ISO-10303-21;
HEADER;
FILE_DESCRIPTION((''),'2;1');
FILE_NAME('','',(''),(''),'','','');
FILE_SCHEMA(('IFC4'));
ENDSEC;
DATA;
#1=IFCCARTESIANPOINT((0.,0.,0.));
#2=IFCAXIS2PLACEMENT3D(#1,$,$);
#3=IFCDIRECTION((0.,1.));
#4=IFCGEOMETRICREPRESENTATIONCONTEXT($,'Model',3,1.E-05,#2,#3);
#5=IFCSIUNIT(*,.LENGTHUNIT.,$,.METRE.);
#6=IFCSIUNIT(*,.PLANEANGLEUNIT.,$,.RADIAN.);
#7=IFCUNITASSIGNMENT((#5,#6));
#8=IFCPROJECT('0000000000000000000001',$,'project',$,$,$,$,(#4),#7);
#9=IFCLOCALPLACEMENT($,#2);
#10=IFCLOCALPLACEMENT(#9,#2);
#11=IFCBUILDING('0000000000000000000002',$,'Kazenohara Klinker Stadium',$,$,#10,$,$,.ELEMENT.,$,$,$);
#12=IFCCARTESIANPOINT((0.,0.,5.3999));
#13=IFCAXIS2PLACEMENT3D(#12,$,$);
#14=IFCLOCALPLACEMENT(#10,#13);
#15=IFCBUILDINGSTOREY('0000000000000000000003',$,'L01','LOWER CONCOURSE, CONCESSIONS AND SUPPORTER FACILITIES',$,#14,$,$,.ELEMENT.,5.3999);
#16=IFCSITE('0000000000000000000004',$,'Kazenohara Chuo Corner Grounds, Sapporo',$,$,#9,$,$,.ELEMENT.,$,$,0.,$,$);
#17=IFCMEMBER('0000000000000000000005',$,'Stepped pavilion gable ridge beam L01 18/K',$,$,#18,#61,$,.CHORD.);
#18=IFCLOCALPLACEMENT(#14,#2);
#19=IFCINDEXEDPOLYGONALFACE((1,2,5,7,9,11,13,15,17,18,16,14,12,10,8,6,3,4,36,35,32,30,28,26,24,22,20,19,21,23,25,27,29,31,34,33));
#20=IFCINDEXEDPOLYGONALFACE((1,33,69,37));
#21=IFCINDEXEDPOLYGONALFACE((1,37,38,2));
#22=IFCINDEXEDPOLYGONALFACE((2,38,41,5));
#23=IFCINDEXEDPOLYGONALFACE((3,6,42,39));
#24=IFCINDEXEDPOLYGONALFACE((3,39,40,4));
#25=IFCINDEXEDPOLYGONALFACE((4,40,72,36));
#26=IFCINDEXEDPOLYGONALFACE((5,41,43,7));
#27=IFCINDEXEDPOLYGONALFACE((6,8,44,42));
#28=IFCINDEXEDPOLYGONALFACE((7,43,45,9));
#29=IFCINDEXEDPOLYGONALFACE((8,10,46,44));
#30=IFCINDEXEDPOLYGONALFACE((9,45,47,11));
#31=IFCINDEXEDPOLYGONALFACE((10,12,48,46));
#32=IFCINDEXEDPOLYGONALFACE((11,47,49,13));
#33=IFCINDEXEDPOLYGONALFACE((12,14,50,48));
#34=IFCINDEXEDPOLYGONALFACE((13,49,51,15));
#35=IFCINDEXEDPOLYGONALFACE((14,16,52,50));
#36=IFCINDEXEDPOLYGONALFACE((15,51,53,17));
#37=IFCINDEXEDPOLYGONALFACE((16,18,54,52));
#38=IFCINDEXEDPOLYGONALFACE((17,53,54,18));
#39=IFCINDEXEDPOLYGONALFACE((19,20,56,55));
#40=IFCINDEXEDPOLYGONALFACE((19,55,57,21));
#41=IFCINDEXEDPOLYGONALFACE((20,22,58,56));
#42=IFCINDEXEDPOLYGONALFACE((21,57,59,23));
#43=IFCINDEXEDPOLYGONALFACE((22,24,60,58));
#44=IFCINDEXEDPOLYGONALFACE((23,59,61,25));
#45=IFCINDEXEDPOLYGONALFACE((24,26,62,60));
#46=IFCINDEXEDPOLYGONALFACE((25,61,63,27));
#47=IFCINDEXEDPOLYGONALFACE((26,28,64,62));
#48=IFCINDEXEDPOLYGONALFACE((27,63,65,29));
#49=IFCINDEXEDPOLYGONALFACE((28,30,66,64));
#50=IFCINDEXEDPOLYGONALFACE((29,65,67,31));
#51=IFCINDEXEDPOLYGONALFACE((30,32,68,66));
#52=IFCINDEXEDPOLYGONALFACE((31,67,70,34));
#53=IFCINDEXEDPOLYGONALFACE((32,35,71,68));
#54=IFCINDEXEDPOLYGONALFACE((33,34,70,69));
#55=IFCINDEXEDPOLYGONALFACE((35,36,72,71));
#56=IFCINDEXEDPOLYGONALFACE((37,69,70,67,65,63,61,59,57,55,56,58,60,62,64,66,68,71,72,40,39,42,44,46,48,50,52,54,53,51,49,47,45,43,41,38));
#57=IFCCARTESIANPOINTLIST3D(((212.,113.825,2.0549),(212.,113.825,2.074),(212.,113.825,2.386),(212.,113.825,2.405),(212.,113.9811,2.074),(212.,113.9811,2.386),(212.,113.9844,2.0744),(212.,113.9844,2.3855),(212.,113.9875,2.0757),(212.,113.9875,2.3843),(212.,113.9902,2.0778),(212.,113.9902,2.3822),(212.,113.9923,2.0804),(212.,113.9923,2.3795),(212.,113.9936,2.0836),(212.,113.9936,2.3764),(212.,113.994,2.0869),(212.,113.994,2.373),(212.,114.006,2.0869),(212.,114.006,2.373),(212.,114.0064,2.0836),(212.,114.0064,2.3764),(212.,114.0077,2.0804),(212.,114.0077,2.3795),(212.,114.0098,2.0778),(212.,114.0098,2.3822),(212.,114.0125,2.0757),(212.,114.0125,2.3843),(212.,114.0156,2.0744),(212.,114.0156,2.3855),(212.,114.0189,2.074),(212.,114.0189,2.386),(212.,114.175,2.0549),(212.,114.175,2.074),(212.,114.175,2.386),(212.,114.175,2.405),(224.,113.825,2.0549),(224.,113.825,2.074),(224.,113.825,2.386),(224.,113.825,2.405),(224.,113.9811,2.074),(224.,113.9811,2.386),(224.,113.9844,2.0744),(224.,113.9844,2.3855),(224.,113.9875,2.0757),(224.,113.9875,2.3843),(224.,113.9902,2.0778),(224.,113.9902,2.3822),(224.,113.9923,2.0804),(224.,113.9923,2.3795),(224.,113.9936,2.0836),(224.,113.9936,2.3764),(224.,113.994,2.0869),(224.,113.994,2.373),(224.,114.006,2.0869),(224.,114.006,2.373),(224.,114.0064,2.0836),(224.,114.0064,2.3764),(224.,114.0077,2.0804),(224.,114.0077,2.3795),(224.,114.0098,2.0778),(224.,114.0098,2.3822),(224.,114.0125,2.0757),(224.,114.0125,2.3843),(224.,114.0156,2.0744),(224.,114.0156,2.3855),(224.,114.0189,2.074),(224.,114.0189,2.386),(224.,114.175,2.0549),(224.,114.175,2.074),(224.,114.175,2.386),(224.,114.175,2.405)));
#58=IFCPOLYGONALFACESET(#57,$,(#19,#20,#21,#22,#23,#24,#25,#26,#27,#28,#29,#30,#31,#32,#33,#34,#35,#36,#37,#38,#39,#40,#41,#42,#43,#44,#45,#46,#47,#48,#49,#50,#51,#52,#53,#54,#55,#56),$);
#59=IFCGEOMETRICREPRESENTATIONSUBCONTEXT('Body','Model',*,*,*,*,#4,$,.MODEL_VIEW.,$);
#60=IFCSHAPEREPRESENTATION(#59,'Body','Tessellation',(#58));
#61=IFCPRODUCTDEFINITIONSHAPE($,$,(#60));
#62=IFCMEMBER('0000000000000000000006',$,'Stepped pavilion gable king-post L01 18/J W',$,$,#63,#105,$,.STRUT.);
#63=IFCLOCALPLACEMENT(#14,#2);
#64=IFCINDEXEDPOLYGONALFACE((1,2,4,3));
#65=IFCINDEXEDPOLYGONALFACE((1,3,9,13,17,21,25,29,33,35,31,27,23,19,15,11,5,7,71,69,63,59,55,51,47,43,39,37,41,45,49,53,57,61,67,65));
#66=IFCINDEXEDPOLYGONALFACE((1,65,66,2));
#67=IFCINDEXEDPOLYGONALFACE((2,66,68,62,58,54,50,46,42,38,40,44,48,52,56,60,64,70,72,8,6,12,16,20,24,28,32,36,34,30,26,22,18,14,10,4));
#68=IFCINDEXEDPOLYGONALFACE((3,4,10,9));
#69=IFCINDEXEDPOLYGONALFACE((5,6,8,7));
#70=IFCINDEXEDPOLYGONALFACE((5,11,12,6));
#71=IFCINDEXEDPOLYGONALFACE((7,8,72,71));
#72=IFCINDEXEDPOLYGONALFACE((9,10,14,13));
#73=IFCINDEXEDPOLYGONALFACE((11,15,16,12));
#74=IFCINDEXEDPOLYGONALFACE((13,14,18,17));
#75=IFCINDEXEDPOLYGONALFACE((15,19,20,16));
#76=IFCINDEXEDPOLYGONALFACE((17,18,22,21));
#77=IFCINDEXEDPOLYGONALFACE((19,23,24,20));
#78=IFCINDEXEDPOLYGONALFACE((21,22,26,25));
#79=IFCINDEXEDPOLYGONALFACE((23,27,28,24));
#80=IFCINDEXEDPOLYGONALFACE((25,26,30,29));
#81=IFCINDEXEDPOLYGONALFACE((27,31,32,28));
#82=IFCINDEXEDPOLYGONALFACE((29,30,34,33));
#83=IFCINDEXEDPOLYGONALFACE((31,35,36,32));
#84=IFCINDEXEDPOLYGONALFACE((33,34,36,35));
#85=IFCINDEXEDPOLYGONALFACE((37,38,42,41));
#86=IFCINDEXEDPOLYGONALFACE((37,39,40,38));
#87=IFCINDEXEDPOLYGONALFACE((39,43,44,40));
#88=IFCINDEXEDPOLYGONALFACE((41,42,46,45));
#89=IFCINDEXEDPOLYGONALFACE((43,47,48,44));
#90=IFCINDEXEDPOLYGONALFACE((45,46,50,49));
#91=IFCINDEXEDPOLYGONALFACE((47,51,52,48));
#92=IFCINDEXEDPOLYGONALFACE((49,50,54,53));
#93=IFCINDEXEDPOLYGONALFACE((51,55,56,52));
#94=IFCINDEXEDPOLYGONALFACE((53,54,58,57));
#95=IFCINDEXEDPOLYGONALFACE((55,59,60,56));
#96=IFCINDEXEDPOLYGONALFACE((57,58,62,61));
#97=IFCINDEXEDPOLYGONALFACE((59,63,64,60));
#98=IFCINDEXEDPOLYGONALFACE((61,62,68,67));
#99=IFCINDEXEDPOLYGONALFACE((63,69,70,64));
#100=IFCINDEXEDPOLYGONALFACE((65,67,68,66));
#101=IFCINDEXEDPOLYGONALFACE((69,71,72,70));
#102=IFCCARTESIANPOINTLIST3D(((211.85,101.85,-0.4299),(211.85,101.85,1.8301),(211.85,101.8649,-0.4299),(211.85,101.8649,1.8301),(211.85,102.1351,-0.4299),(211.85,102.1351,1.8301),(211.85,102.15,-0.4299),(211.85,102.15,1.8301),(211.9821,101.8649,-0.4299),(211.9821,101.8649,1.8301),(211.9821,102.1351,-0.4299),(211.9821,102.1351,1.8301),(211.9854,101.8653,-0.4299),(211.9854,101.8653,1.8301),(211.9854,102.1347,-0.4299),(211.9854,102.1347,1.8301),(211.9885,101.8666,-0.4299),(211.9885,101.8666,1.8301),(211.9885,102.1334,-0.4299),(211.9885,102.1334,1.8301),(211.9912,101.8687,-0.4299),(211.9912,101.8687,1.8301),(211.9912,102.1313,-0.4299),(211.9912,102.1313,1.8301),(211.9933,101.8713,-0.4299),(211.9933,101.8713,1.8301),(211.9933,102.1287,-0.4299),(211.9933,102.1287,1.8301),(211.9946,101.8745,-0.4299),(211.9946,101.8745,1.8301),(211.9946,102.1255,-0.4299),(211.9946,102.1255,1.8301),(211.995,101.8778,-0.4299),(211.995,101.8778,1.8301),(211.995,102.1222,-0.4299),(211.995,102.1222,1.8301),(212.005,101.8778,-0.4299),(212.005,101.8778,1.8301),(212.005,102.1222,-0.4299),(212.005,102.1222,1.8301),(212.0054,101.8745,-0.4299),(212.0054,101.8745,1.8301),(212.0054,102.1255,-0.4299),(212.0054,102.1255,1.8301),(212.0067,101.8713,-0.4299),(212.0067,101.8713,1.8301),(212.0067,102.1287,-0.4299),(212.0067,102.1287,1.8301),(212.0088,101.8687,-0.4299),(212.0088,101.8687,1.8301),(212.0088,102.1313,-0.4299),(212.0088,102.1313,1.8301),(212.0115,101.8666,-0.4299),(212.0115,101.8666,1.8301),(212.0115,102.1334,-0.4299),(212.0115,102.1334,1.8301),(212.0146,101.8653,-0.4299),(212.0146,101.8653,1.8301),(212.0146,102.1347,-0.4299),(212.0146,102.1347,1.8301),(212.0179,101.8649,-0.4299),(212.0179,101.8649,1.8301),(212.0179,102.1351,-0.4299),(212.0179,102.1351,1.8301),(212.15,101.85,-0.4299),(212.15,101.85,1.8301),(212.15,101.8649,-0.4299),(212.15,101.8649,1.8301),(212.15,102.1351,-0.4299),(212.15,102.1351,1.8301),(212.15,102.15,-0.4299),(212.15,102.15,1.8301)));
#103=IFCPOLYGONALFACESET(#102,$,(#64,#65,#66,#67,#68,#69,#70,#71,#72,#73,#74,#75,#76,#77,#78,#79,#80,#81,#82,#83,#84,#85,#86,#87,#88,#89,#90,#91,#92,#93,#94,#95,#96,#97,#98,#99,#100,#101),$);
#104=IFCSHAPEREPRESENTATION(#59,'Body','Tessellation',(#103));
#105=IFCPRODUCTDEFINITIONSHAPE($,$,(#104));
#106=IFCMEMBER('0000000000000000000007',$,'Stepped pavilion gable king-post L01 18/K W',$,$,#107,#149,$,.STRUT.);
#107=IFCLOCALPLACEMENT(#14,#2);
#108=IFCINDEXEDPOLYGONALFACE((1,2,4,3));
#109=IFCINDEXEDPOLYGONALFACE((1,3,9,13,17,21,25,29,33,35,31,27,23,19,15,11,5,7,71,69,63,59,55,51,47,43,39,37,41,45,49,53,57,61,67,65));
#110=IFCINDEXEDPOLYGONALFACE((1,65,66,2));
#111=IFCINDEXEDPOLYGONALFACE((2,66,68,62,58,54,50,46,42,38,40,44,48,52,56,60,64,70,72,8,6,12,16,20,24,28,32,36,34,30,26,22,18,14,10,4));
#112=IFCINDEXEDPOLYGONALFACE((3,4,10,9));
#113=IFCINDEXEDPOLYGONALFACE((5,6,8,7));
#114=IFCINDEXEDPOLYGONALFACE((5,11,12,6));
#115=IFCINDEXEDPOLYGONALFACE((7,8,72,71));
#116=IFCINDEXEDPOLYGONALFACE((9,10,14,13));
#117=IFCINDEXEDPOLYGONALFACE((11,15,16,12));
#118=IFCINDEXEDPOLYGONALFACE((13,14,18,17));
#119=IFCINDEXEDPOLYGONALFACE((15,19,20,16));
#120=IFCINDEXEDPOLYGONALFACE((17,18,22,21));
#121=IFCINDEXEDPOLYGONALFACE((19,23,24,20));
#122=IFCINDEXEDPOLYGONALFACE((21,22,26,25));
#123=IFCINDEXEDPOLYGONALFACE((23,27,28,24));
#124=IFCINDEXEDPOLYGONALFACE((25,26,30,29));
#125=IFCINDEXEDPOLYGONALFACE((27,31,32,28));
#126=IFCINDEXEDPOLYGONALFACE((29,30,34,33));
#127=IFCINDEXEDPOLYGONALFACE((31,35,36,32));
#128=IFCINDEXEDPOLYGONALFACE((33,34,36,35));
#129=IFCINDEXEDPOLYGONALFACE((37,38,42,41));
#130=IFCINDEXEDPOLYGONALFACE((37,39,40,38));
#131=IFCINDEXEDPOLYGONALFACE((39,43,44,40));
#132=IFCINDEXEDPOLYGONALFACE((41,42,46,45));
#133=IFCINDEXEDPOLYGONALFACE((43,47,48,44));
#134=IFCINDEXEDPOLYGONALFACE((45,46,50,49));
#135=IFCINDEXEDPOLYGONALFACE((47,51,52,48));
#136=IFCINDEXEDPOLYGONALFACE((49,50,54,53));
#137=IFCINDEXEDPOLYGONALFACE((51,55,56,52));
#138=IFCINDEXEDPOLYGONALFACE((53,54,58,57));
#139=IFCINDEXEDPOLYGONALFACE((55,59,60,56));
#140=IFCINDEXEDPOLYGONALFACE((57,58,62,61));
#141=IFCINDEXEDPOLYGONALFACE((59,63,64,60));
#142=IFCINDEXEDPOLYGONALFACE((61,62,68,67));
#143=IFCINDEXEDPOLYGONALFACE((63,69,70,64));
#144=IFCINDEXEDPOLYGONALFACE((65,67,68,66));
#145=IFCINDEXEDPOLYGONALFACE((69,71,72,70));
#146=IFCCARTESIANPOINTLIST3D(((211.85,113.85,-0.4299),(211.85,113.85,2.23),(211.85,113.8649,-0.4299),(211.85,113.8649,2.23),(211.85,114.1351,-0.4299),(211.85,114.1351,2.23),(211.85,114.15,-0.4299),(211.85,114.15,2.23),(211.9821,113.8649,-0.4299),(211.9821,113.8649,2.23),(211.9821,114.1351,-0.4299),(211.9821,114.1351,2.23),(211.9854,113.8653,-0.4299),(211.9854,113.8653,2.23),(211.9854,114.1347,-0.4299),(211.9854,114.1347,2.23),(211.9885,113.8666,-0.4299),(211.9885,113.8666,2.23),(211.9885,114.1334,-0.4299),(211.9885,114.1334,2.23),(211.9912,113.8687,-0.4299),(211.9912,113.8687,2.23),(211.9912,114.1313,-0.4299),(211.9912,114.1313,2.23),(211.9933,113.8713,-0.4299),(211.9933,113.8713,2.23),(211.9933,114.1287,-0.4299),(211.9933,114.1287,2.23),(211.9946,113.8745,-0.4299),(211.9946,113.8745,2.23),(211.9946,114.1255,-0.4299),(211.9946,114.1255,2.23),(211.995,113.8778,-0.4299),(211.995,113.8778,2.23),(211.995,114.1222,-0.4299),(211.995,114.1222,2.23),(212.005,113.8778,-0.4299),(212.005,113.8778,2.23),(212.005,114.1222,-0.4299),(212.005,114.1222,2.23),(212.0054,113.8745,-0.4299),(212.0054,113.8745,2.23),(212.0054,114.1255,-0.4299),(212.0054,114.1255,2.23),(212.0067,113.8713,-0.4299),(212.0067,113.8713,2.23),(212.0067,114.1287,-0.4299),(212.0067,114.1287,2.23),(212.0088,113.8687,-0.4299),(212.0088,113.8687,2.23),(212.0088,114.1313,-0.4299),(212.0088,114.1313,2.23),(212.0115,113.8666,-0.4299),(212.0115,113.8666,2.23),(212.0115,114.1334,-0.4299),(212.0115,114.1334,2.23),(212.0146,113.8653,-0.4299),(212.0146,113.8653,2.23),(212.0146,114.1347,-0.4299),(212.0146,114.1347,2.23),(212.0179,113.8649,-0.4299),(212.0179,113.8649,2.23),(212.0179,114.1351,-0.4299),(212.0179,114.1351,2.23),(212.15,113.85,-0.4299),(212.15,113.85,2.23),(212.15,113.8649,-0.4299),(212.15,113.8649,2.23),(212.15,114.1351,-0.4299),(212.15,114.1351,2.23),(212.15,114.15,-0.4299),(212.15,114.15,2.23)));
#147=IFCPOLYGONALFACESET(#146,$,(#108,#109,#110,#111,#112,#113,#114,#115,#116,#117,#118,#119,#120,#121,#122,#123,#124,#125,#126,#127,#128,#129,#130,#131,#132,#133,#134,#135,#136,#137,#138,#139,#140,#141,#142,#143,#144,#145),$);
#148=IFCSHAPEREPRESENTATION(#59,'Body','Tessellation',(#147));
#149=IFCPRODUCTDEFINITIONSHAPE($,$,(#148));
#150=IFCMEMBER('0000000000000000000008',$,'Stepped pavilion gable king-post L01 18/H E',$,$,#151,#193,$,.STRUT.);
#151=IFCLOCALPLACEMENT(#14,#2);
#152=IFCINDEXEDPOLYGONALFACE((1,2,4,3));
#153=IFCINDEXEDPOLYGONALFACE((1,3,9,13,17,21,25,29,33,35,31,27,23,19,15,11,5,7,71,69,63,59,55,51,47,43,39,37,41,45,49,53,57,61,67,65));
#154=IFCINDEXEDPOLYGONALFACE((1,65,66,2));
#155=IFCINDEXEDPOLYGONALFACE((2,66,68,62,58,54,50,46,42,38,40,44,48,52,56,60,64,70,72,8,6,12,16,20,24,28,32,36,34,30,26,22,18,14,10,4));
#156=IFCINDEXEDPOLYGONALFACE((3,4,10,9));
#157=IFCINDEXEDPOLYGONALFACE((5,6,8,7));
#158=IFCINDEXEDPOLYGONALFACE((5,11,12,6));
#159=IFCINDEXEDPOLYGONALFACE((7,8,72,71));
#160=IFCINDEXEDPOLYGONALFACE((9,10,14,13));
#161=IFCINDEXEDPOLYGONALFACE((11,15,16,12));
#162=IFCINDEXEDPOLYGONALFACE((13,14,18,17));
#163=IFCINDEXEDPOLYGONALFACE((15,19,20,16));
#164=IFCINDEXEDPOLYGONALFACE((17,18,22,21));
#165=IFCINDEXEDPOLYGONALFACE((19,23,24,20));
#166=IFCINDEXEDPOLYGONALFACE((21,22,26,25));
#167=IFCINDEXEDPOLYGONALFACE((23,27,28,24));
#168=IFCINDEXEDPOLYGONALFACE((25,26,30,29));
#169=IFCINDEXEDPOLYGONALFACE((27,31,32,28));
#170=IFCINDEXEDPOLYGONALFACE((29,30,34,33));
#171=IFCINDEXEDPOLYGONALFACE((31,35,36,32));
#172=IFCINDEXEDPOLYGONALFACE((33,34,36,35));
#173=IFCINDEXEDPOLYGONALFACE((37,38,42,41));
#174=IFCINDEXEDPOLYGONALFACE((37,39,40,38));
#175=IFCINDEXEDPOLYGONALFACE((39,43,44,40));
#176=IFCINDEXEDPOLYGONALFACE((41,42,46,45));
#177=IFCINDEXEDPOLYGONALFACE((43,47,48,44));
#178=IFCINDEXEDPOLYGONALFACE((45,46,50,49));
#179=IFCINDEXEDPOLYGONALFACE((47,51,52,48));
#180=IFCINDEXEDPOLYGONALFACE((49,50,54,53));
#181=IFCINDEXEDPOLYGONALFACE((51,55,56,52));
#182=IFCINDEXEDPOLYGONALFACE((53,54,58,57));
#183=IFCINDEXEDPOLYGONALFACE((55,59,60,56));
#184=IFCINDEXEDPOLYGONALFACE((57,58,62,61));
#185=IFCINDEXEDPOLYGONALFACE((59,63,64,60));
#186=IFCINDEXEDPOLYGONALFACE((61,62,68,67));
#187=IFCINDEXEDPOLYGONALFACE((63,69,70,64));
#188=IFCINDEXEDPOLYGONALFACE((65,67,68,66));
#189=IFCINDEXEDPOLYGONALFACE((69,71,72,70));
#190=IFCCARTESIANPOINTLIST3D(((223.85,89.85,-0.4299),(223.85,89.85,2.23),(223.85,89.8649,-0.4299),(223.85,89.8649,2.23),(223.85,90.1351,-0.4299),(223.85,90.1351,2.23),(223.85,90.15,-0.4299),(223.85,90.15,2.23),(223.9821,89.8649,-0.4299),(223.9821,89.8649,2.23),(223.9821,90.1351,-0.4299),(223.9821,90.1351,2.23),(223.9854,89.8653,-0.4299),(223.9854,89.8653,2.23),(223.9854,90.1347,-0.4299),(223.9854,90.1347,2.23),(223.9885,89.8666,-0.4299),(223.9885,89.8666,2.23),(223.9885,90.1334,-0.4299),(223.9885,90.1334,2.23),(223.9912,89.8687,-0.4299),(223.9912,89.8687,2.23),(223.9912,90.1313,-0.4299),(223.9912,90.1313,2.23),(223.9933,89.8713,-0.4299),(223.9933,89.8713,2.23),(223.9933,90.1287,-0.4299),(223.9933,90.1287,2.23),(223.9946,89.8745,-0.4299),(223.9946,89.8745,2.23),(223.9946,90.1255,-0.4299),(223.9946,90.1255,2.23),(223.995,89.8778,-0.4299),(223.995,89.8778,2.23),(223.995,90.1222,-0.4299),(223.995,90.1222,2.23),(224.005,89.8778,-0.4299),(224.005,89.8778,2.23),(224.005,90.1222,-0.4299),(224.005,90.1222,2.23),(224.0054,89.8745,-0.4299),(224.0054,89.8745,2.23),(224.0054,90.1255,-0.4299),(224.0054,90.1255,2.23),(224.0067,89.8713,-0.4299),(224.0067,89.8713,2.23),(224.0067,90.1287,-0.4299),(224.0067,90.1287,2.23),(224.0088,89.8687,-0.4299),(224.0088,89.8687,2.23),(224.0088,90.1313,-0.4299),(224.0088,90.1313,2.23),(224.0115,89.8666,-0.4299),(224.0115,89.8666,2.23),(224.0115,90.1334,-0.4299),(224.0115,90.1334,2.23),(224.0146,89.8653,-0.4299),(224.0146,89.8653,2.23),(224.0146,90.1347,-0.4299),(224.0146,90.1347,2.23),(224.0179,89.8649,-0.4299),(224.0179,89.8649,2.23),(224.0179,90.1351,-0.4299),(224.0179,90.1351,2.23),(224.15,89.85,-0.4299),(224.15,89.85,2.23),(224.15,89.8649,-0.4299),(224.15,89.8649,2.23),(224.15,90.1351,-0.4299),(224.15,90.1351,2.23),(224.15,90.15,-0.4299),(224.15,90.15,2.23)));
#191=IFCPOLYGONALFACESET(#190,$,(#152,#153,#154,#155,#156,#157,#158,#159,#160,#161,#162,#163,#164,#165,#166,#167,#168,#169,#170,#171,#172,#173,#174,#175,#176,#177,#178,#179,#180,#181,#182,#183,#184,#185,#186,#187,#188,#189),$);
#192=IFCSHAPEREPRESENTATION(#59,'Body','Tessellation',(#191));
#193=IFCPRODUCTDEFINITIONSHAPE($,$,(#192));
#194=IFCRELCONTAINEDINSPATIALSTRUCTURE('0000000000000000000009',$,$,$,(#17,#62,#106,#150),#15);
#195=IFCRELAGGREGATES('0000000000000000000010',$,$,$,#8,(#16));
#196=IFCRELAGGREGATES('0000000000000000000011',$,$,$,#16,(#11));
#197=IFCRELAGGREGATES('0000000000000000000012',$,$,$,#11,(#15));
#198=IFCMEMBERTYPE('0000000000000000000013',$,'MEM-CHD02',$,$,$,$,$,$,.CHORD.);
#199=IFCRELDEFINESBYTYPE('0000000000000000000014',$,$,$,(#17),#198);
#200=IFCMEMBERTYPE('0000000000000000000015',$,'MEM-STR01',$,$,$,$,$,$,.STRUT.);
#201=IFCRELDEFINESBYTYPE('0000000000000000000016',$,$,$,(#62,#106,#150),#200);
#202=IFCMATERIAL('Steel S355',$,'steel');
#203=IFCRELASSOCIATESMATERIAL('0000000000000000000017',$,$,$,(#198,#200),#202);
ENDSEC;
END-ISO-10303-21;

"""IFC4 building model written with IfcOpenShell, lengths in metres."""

from ifc_helpers import new_model, si_unit, direction, frame, origin, origin_2d, place, context, subcontext, project, spatial, i_section, extrude, material, material_profile, profile_set, type_object, element, save


model = new_model("IFC4")

# Units and contexts
model_context = context("Model", 3, precision=1e-05, world=origin(), true_north=direction((0.0, 1.0)))
body_context = subcontext(model_context, "Body", "Model", "MODEL_VIEW")
ifc_project = project(units=[si_unit("LENGTHUNIT", "METRE"), si_unit("PLANEANGLEUNIT", "RADIAN")], contexts=[model_context])

# Site, building, storey
site_placement = place(None, origin())
site = spatial("IfcSite", under=ifc_project, at=site_placement, Name="Kazenohara Chuo Corner Grounds, Sapporo", CompositionType="ELEMENT", RefElevation=0.0)
building_placement = place(site_placement, origin())
building = spatial("IfcBuilding", under=site, at=building_placement, Name="Kazenohara Klinker Stadium", CompositionType="ELEMENT")
storey_placement = place(building_placement, frame((0.0, 0.0, 5.3999)))
storey = spatial("IfcBuildingStorey", under=building, at=storey_placement, Name="L01", Description="LOWER CONCOURSE, CONCESSIONS AND SUPPORTER FACILITIES", CompositionType="ELEMENT", Elevation=5.3999)

# Shared definitions
ifc_material_1 = material(Name="Steel S355", Category="steel")

# Members
ifc_material_profile_1 = material_profile(ifc_material_1, i_section(OverallWidth=0.3501, OverallDepth=0.3501, WebThickness=0.012, FlangeThickness=0.019, FilletRadius=0.0129, at=origin_2d()), Name="H-350x350x12x19")
ifc_profile_set_1 = profile_set([ifc_material_profile_1], Name="Steel S355")
member_type_1 = type_object("IfcMemberType", Name="MEM-CHD02", PredefinedType="CHORD", material=ifc_profile_set_1)
for number, where, z_axis, x_axis, name in (
    (1, (212.0, 114.0, 2.23), (1.0, 0.0, 0.0), (0.0, 1.0, 0.0), "Stepped pavilion gable ridge beam L01 18/K"),
):
    element("IfcMember", number, at=place(storey_placement, frame(where, z_axis=z_axis, x_axis=x_axis)), inside=storey, type_object=member_type_1, Name=name, PredefinedType="CHORD", context=body_context, shape_type="SweptSolid", body=[
        extrude(i_section(OverallWidth=0.3501, OverallDepth=0.3501, WebThickness=0.012, FlangeThickness=0.019, FilletRadius=0.0129, at=origin_2d()), origin(), (0.0, 0.0, 1.0), 12.0),
    ])
ifc_material_profile_2 = material_profile(ifc_material_1, i_section(OverallWidth=0.3, OverallDepth=0.3, WebThickness=0.01, FlangeThickness=0.0149, FilletRadius=0.0129, at=origin_2d()), Name="H-300x300x10x15")
ifc_profile_set_2 = profile_set([ifc_material_profile_2], Name="Steel S355")
member_type_2 = type_object("IfcMemberType", Name="MEM-STR01", PredefinedType="STRUT", material=ifc_profile_set_2)
member_1_placement = place(storey_placement, frame((212.0, 102.0, -0.4299), z_axis=(0.0, 0.0, 1.0), x_axis=(1.0, 0.0, 0.0)))
element("IfcMember", 2, at=member_1_placement, inside=storey, type_object=member_type_2, Name="Stepped pavilion gable king-post L01 18/J W", PredefinedType="STRUT", context=body_context, shape_type="SweptSolid", body=[
    extrude(i_section(OverallWidth=0.3, OverallDepth=0.3, WebThickness=0.01, FlangeThickness=0.0149, FilletRadius=0.0129, at=origin_2d()), origin(), (0.0, 0.0, 1.0), 2.26),
])
for number, where, z_axis, x_axis, name in (
    (3, (212.0, 114.0, -0.4299), (0.0, 0.0, 1.0), (1.0, 0.0, 0.0), "Stepped pavilion gable king-post L01 18/K W"),
    (4, (224.0, 90.0, -0.4299), (0.0, 0.0, 1.0), (1.0, 0.0, 0.0), "Stepped pavilion gable king-post L01 18/H E"),
):
    element("IfcMember", number, at=place(storey_placement, frame(where, z_axis=z_axis, x_axis=x_axis)), inside=storey, type_object=member_type_2, Name=name, PredefinedType="STRUT", context=body_context, shape_type="SweptSolid", body=[
        extrude(i_section(OverallWidth=0.3, OverallDepth=0.3, WebThickness=0.01, FlangeThickness=0.0149, FilletRadius=0.0129, at=origin_2d()), origin(), (0.0, 0.0, 1.0), 2.6599),
    ])

save(model, "model.ifc")
